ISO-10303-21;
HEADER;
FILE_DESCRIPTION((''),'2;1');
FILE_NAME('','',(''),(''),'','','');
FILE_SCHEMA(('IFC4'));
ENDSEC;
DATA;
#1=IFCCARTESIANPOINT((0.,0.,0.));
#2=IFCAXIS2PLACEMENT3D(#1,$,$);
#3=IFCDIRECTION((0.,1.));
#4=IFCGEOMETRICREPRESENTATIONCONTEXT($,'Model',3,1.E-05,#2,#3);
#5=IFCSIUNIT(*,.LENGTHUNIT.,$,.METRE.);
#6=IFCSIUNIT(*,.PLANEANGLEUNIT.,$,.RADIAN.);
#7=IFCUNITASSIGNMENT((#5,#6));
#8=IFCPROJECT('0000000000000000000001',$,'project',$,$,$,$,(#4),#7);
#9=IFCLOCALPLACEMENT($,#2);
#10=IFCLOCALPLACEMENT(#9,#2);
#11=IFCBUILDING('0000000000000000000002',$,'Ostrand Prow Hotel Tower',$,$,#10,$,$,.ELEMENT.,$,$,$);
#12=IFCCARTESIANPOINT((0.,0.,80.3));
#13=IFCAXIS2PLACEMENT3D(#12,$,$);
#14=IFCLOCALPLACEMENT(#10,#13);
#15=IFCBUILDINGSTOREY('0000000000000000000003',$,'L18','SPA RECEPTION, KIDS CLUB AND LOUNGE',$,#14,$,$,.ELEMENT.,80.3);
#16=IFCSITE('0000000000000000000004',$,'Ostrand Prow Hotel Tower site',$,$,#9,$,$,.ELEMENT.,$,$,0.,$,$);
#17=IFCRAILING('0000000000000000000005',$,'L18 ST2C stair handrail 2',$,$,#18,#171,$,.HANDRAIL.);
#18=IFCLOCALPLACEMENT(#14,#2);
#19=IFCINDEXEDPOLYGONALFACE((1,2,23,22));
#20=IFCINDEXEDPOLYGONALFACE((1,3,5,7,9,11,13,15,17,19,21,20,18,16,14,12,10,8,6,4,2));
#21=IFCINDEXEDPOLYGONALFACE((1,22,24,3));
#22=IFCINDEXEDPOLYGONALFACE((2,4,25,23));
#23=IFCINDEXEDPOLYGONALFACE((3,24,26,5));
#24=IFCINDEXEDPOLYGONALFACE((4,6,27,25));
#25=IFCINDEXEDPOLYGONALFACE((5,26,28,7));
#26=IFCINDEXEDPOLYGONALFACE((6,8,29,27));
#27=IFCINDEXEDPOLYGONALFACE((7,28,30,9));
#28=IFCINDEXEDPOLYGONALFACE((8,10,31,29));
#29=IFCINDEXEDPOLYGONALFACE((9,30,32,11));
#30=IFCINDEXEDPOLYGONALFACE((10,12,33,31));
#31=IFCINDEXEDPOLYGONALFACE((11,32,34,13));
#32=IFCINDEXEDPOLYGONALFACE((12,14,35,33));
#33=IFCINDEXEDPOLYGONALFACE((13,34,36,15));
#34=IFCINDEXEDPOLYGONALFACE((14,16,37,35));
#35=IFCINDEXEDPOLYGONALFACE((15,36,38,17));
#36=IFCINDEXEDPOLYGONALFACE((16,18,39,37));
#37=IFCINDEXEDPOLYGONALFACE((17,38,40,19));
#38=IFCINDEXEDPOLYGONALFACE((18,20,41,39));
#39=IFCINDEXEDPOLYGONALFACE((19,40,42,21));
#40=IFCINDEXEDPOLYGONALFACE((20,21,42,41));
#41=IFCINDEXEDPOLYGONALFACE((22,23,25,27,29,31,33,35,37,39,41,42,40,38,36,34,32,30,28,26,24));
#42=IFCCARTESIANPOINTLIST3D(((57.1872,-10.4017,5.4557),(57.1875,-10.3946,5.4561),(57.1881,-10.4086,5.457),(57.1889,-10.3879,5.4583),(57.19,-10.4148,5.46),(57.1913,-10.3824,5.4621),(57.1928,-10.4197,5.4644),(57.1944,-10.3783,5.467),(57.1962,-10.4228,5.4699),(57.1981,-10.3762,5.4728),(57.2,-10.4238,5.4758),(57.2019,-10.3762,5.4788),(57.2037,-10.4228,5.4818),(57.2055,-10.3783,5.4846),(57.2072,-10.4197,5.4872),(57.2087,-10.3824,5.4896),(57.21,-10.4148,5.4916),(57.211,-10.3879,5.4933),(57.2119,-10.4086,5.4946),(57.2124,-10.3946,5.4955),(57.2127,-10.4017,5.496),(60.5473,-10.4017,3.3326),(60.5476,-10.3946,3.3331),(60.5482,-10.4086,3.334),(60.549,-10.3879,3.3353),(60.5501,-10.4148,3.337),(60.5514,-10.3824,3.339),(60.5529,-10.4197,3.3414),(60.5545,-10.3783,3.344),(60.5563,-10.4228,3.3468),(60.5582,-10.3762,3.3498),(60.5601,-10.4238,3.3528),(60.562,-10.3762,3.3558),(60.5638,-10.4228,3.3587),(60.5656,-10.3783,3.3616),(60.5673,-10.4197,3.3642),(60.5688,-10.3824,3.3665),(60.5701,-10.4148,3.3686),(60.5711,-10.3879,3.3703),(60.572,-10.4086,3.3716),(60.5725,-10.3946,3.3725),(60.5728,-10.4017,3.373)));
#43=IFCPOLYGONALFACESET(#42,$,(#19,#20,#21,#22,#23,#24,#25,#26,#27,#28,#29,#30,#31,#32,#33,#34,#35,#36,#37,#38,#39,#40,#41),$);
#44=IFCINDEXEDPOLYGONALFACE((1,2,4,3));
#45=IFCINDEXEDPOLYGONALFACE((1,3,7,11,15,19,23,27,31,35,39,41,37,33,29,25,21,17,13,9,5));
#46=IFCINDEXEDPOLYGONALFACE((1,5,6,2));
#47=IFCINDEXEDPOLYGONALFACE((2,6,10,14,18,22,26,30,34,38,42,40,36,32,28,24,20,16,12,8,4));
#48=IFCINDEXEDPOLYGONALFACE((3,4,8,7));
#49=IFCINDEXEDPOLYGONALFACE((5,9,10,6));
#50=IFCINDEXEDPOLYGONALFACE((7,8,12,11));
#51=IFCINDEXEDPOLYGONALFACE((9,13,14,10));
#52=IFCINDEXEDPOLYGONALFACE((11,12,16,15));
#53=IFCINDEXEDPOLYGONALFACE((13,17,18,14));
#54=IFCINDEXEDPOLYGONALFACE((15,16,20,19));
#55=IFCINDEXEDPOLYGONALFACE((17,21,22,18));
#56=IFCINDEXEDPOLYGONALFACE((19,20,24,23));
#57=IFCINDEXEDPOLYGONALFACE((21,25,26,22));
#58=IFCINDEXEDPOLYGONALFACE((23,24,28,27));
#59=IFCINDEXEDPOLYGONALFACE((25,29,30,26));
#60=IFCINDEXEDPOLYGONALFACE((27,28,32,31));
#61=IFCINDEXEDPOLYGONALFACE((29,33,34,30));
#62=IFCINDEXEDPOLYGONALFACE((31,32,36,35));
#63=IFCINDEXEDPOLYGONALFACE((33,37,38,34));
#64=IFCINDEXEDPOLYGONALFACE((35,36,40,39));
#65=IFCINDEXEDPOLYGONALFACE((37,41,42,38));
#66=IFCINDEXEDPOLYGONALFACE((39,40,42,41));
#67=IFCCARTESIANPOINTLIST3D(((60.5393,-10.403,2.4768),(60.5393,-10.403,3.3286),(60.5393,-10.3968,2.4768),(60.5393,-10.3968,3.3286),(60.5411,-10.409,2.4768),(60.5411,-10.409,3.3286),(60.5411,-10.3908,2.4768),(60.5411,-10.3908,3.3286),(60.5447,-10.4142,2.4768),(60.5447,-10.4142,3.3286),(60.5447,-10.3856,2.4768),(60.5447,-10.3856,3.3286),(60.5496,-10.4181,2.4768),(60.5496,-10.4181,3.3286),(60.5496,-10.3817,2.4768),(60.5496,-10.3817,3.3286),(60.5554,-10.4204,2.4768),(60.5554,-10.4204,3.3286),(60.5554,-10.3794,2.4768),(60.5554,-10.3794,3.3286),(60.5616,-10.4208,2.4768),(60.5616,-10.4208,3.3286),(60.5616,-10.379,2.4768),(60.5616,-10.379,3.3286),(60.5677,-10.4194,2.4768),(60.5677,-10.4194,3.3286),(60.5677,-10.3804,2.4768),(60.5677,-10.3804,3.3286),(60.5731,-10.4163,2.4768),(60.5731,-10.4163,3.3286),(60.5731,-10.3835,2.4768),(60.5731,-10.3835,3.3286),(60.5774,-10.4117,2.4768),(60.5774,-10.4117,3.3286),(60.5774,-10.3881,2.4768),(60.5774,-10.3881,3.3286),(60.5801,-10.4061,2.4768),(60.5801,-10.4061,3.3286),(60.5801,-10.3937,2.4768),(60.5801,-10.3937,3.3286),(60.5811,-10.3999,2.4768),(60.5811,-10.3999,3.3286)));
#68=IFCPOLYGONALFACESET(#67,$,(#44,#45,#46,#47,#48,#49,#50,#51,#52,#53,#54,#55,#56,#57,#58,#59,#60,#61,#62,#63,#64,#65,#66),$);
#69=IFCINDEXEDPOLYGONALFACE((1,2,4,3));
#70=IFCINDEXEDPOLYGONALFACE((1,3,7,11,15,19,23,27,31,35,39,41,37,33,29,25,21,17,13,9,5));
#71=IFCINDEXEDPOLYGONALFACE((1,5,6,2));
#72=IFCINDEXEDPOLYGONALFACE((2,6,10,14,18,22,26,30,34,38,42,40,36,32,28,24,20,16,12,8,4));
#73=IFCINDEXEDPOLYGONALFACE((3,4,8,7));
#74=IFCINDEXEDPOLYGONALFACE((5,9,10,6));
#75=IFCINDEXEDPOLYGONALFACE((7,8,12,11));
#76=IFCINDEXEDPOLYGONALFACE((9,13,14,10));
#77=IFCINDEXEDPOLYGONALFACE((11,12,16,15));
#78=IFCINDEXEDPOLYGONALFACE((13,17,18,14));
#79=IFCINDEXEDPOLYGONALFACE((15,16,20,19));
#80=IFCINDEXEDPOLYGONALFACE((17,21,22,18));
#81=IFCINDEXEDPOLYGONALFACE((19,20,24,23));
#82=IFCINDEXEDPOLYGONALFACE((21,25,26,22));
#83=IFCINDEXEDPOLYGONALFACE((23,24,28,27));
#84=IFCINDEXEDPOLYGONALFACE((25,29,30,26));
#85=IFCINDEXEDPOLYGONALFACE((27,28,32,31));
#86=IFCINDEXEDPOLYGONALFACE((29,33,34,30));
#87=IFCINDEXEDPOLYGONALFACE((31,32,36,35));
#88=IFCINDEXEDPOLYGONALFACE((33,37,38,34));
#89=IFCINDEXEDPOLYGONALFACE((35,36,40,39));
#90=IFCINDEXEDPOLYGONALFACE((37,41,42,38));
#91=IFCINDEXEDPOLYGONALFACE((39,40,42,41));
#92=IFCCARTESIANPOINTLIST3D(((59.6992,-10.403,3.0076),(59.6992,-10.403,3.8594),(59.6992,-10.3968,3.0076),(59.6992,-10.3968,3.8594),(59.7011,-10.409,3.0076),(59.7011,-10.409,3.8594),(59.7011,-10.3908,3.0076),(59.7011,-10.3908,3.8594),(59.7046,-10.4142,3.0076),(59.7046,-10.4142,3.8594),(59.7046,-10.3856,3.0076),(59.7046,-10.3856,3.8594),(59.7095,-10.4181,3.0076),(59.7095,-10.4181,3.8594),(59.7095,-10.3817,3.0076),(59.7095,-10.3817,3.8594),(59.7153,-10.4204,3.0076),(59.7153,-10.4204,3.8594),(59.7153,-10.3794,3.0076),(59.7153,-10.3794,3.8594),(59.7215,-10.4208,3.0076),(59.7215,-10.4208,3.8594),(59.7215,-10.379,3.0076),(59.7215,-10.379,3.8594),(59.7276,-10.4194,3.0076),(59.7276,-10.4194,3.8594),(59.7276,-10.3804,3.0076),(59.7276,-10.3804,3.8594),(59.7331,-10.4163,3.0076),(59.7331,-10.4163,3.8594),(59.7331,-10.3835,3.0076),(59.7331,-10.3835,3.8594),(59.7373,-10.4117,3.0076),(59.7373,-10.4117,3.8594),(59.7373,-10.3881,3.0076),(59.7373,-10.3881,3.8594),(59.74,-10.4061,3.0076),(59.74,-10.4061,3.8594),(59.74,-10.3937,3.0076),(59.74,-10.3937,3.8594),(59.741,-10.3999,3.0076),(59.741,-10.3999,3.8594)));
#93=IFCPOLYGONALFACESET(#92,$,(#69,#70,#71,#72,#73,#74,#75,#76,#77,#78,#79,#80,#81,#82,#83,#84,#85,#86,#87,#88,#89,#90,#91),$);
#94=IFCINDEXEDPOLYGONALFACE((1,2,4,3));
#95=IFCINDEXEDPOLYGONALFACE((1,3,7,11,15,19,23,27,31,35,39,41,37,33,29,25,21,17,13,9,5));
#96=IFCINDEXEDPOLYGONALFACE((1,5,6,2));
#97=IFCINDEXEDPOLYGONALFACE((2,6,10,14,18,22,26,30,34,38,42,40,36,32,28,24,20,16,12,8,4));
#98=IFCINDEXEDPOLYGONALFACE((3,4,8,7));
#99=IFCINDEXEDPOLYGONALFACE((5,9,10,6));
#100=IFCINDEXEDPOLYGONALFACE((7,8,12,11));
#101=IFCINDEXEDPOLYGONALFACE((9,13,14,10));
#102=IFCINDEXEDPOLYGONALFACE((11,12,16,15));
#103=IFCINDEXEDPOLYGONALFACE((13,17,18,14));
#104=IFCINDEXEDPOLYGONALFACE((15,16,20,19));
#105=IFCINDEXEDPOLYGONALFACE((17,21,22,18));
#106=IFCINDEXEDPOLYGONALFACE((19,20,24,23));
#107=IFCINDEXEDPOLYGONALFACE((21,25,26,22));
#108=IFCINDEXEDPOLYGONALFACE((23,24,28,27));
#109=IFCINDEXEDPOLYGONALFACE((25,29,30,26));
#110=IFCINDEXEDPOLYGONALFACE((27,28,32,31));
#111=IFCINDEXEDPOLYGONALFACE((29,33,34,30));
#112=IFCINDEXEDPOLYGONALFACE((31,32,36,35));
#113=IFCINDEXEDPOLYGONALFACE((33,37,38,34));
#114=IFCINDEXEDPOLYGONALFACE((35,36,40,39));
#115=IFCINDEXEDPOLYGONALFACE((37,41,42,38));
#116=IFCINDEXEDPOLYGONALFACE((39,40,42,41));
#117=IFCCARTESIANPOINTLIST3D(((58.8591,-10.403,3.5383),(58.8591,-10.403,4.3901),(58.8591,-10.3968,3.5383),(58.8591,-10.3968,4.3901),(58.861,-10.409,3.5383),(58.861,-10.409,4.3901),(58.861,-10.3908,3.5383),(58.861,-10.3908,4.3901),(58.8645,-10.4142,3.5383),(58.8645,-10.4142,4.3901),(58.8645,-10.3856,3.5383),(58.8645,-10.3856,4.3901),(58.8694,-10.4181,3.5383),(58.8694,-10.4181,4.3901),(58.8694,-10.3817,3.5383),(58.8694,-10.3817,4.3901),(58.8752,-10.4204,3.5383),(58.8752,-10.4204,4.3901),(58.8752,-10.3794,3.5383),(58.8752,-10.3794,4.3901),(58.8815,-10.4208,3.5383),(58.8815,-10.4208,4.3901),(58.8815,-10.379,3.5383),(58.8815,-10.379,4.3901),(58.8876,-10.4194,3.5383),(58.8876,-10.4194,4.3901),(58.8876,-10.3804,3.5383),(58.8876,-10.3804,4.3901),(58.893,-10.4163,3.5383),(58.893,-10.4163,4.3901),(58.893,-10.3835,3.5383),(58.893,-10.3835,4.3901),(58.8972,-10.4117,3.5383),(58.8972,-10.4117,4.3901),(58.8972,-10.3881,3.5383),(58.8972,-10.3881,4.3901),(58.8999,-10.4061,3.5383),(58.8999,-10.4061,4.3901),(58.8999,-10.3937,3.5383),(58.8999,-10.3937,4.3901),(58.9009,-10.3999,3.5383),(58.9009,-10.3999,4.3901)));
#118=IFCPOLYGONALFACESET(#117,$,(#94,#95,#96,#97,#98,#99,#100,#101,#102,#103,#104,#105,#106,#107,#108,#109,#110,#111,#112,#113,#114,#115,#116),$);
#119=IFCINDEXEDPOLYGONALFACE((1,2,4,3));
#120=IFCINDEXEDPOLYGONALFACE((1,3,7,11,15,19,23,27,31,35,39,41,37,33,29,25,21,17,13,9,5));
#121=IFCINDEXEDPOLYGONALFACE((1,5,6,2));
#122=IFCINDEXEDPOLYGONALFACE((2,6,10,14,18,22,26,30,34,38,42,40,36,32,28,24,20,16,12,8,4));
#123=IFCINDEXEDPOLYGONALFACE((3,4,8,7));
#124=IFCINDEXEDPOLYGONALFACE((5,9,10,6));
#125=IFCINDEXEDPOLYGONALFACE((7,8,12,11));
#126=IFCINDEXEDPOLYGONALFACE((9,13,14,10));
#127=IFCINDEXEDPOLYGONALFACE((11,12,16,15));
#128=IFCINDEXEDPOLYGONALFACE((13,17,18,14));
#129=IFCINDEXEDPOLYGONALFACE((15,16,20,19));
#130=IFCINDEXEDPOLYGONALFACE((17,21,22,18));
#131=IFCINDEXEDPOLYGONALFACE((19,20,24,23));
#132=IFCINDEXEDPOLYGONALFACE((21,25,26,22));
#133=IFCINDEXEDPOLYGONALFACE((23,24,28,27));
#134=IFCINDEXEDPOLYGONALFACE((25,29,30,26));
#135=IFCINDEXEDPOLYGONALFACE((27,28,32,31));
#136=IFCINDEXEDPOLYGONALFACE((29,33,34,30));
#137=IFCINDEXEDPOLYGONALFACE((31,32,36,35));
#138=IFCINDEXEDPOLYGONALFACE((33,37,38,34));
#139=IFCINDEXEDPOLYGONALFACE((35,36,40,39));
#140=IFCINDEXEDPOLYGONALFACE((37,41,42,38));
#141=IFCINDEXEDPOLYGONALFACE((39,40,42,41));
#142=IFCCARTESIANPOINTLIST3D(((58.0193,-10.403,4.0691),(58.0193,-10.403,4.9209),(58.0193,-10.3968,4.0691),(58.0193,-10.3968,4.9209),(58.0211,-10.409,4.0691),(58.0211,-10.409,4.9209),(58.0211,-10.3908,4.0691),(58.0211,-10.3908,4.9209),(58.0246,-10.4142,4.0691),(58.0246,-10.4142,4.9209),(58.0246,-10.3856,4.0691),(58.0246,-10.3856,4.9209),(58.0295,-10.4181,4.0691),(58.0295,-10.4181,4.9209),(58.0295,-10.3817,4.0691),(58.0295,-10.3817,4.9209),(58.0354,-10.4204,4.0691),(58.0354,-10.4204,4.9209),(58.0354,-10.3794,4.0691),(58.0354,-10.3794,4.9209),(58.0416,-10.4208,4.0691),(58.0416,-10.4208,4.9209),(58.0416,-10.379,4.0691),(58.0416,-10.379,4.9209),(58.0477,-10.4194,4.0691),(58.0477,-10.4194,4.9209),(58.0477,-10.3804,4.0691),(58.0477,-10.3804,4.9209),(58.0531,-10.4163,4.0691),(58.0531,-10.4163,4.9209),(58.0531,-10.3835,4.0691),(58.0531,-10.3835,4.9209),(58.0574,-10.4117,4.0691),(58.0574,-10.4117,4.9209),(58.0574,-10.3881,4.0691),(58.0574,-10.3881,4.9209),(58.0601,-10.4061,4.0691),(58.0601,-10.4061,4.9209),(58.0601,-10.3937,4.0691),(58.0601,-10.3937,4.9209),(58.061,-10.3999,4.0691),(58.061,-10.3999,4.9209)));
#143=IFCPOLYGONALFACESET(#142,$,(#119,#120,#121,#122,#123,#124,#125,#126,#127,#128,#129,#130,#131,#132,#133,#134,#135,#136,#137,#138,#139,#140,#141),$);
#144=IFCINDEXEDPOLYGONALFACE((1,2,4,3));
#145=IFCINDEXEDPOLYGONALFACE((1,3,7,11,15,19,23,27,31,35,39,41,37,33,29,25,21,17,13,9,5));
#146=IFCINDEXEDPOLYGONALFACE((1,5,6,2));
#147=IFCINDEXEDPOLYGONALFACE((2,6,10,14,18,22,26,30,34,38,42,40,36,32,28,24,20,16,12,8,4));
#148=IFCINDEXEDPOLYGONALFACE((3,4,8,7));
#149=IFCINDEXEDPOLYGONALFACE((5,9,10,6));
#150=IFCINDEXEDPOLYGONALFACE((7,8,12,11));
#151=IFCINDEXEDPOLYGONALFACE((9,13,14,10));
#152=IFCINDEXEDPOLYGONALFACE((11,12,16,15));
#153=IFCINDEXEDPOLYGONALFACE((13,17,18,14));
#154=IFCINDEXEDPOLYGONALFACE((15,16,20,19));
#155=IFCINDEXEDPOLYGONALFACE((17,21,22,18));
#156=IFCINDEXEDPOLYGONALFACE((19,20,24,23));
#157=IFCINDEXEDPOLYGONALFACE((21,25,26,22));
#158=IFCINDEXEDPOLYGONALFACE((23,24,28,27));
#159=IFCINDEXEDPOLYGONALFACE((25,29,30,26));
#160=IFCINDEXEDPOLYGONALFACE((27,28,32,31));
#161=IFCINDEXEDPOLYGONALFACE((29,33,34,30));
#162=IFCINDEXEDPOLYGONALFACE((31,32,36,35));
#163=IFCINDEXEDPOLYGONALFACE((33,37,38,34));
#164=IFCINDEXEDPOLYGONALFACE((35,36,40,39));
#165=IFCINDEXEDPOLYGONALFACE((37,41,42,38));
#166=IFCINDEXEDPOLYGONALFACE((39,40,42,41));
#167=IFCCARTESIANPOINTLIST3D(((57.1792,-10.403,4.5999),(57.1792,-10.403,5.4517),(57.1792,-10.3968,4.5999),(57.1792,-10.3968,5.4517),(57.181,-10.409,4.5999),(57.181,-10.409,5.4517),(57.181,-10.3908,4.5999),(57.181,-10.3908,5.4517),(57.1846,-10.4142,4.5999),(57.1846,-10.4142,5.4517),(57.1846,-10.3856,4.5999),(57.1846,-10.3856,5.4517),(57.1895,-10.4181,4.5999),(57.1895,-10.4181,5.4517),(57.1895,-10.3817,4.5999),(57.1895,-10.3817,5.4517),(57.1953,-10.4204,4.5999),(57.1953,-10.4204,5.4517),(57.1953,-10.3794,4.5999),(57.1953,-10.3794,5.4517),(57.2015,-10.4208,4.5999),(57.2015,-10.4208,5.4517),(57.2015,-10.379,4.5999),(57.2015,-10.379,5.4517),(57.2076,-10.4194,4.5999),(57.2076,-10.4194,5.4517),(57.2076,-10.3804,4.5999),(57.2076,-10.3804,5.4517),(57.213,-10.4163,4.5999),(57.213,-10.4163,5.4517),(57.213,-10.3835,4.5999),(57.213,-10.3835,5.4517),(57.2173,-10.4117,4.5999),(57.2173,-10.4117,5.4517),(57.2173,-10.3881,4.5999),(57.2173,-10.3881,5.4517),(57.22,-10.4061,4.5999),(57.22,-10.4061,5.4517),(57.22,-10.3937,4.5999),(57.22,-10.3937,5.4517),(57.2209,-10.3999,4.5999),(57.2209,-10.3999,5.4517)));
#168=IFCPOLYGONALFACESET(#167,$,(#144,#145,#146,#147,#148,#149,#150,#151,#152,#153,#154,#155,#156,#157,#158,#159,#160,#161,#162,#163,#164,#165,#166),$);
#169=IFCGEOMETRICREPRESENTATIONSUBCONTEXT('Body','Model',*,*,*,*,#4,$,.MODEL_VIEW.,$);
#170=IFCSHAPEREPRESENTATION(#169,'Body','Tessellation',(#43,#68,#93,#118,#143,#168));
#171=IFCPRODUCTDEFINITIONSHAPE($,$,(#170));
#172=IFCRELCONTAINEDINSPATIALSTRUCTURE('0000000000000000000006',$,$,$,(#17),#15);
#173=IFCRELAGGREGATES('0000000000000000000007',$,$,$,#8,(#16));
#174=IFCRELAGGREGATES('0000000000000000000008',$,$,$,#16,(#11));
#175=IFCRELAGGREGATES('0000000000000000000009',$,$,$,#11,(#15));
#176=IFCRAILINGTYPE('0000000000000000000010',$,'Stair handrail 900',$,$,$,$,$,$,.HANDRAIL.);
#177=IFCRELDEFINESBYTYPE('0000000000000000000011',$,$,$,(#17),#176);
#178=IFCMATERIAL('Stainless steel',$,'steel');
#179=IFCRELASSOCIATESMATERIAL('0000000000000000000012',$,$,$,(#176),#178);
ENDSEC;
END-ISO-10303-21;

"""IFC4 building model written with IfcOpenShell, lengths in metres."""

from ifc_helpers import new_model, si_unit, direction, frame, origin, origin_2d, place, context, subcontext, project, spatial, circle, extrude, material, type_object, element, save


model = new_model("IFC4")

# Units and contexts
model_context = context("Model", 3, precision=1e-05, world=origin(), true_north=direction((0.0, 1.0)))
body_context = subcontext(model_context, "Body", "Model", "MODEL_VIEW")
ifc_project = project(units=[si_unit("LENGTHUNIT", "METRE"), si_unit("PLANEANGLEUNIT", "RADIAN")], contexts=[model_context])

# Site, building, storey
site_placement = place(None, origin())
site = spatial("IfcSite", under=ifc_project, at=site_placement, Name="Ostrand Prow Hotel Tower site", CompositionType="ELEMENT", RefElevation=0.0)
building_placement = place(site_placement, origin())
building = spatial("IfcBuilding", under=site, at=building_placement, Name="Ostrand Prow Hotel Tower", CompositionType="ELEMENT")
storey_placement = place(building_placement, frame((0.0, 0.0, 80.3)))
storey = spatial("IfcBuildingStorey", under=building, at=storey_placement, Name="L18", Description="SPA RECEPTION, KIDS CLUB AND LOUNGE", CompositionType="ELEMENT", Elevation=80.3)

# Railing
ifc_material_1 = material(Name="Stainless steel", Category="steel")
railing_type_1 = type_object("IfcRailingType", Name="Stair handrail 900", PredefinedType="HANDRAIL", material=ifc_material_1)
railing_1_placement = place(storey_placement, frame((60.5601, -10.3999, 2.4768)))
element("IfcRailing", 1, at=railing_1_placement, inside=storey, type_object=railing_type_1, Name="L18 ST2C stair handrail 2", PredefinedType="HANDRAIL", context=body_context, shape_type="SweptSolid", body=[
    extrude(circle(Radius=0.0239, at=origin_2d()), frame((0.0, 0.0, 0.876), z_axis=(-0.84539, 0.0, 0.53415), x_axis=(0.0, -1.0, 0.0)), (0.0, 0.0, 1.0), 3.9746),
    extrude(circle(Radius=0.021, at=origin_2d()), origin(), (0.0, 0.0, 1.0), 0.8518),
    extrude(circle(Radius=0.021, at=origin_2d()), frame((-0.8401, 0.0, 0.5308)), (0.0, 0.0, 1.0), 0.8518),
    extrude(circle(Radius=0.021, at=origin_2d()), frame((-1.6802, 0.0, 1.0615)), (0.0, 0.0, 1.0), 0.8518),
    extrude(circle(Radius=0.021, at=origin_2d()), frame((-2.52, 0.0, 1.5923)), (0.0, 0.0, 1.0), 0.8518),
    extrude(circle(Radius=0.021, at=origin_2d()), frame((-3.3601, 0.0, 2.123)), (0.0, 0.0, 1.0), 0.8518),
])

save(model, "model.ifc")
